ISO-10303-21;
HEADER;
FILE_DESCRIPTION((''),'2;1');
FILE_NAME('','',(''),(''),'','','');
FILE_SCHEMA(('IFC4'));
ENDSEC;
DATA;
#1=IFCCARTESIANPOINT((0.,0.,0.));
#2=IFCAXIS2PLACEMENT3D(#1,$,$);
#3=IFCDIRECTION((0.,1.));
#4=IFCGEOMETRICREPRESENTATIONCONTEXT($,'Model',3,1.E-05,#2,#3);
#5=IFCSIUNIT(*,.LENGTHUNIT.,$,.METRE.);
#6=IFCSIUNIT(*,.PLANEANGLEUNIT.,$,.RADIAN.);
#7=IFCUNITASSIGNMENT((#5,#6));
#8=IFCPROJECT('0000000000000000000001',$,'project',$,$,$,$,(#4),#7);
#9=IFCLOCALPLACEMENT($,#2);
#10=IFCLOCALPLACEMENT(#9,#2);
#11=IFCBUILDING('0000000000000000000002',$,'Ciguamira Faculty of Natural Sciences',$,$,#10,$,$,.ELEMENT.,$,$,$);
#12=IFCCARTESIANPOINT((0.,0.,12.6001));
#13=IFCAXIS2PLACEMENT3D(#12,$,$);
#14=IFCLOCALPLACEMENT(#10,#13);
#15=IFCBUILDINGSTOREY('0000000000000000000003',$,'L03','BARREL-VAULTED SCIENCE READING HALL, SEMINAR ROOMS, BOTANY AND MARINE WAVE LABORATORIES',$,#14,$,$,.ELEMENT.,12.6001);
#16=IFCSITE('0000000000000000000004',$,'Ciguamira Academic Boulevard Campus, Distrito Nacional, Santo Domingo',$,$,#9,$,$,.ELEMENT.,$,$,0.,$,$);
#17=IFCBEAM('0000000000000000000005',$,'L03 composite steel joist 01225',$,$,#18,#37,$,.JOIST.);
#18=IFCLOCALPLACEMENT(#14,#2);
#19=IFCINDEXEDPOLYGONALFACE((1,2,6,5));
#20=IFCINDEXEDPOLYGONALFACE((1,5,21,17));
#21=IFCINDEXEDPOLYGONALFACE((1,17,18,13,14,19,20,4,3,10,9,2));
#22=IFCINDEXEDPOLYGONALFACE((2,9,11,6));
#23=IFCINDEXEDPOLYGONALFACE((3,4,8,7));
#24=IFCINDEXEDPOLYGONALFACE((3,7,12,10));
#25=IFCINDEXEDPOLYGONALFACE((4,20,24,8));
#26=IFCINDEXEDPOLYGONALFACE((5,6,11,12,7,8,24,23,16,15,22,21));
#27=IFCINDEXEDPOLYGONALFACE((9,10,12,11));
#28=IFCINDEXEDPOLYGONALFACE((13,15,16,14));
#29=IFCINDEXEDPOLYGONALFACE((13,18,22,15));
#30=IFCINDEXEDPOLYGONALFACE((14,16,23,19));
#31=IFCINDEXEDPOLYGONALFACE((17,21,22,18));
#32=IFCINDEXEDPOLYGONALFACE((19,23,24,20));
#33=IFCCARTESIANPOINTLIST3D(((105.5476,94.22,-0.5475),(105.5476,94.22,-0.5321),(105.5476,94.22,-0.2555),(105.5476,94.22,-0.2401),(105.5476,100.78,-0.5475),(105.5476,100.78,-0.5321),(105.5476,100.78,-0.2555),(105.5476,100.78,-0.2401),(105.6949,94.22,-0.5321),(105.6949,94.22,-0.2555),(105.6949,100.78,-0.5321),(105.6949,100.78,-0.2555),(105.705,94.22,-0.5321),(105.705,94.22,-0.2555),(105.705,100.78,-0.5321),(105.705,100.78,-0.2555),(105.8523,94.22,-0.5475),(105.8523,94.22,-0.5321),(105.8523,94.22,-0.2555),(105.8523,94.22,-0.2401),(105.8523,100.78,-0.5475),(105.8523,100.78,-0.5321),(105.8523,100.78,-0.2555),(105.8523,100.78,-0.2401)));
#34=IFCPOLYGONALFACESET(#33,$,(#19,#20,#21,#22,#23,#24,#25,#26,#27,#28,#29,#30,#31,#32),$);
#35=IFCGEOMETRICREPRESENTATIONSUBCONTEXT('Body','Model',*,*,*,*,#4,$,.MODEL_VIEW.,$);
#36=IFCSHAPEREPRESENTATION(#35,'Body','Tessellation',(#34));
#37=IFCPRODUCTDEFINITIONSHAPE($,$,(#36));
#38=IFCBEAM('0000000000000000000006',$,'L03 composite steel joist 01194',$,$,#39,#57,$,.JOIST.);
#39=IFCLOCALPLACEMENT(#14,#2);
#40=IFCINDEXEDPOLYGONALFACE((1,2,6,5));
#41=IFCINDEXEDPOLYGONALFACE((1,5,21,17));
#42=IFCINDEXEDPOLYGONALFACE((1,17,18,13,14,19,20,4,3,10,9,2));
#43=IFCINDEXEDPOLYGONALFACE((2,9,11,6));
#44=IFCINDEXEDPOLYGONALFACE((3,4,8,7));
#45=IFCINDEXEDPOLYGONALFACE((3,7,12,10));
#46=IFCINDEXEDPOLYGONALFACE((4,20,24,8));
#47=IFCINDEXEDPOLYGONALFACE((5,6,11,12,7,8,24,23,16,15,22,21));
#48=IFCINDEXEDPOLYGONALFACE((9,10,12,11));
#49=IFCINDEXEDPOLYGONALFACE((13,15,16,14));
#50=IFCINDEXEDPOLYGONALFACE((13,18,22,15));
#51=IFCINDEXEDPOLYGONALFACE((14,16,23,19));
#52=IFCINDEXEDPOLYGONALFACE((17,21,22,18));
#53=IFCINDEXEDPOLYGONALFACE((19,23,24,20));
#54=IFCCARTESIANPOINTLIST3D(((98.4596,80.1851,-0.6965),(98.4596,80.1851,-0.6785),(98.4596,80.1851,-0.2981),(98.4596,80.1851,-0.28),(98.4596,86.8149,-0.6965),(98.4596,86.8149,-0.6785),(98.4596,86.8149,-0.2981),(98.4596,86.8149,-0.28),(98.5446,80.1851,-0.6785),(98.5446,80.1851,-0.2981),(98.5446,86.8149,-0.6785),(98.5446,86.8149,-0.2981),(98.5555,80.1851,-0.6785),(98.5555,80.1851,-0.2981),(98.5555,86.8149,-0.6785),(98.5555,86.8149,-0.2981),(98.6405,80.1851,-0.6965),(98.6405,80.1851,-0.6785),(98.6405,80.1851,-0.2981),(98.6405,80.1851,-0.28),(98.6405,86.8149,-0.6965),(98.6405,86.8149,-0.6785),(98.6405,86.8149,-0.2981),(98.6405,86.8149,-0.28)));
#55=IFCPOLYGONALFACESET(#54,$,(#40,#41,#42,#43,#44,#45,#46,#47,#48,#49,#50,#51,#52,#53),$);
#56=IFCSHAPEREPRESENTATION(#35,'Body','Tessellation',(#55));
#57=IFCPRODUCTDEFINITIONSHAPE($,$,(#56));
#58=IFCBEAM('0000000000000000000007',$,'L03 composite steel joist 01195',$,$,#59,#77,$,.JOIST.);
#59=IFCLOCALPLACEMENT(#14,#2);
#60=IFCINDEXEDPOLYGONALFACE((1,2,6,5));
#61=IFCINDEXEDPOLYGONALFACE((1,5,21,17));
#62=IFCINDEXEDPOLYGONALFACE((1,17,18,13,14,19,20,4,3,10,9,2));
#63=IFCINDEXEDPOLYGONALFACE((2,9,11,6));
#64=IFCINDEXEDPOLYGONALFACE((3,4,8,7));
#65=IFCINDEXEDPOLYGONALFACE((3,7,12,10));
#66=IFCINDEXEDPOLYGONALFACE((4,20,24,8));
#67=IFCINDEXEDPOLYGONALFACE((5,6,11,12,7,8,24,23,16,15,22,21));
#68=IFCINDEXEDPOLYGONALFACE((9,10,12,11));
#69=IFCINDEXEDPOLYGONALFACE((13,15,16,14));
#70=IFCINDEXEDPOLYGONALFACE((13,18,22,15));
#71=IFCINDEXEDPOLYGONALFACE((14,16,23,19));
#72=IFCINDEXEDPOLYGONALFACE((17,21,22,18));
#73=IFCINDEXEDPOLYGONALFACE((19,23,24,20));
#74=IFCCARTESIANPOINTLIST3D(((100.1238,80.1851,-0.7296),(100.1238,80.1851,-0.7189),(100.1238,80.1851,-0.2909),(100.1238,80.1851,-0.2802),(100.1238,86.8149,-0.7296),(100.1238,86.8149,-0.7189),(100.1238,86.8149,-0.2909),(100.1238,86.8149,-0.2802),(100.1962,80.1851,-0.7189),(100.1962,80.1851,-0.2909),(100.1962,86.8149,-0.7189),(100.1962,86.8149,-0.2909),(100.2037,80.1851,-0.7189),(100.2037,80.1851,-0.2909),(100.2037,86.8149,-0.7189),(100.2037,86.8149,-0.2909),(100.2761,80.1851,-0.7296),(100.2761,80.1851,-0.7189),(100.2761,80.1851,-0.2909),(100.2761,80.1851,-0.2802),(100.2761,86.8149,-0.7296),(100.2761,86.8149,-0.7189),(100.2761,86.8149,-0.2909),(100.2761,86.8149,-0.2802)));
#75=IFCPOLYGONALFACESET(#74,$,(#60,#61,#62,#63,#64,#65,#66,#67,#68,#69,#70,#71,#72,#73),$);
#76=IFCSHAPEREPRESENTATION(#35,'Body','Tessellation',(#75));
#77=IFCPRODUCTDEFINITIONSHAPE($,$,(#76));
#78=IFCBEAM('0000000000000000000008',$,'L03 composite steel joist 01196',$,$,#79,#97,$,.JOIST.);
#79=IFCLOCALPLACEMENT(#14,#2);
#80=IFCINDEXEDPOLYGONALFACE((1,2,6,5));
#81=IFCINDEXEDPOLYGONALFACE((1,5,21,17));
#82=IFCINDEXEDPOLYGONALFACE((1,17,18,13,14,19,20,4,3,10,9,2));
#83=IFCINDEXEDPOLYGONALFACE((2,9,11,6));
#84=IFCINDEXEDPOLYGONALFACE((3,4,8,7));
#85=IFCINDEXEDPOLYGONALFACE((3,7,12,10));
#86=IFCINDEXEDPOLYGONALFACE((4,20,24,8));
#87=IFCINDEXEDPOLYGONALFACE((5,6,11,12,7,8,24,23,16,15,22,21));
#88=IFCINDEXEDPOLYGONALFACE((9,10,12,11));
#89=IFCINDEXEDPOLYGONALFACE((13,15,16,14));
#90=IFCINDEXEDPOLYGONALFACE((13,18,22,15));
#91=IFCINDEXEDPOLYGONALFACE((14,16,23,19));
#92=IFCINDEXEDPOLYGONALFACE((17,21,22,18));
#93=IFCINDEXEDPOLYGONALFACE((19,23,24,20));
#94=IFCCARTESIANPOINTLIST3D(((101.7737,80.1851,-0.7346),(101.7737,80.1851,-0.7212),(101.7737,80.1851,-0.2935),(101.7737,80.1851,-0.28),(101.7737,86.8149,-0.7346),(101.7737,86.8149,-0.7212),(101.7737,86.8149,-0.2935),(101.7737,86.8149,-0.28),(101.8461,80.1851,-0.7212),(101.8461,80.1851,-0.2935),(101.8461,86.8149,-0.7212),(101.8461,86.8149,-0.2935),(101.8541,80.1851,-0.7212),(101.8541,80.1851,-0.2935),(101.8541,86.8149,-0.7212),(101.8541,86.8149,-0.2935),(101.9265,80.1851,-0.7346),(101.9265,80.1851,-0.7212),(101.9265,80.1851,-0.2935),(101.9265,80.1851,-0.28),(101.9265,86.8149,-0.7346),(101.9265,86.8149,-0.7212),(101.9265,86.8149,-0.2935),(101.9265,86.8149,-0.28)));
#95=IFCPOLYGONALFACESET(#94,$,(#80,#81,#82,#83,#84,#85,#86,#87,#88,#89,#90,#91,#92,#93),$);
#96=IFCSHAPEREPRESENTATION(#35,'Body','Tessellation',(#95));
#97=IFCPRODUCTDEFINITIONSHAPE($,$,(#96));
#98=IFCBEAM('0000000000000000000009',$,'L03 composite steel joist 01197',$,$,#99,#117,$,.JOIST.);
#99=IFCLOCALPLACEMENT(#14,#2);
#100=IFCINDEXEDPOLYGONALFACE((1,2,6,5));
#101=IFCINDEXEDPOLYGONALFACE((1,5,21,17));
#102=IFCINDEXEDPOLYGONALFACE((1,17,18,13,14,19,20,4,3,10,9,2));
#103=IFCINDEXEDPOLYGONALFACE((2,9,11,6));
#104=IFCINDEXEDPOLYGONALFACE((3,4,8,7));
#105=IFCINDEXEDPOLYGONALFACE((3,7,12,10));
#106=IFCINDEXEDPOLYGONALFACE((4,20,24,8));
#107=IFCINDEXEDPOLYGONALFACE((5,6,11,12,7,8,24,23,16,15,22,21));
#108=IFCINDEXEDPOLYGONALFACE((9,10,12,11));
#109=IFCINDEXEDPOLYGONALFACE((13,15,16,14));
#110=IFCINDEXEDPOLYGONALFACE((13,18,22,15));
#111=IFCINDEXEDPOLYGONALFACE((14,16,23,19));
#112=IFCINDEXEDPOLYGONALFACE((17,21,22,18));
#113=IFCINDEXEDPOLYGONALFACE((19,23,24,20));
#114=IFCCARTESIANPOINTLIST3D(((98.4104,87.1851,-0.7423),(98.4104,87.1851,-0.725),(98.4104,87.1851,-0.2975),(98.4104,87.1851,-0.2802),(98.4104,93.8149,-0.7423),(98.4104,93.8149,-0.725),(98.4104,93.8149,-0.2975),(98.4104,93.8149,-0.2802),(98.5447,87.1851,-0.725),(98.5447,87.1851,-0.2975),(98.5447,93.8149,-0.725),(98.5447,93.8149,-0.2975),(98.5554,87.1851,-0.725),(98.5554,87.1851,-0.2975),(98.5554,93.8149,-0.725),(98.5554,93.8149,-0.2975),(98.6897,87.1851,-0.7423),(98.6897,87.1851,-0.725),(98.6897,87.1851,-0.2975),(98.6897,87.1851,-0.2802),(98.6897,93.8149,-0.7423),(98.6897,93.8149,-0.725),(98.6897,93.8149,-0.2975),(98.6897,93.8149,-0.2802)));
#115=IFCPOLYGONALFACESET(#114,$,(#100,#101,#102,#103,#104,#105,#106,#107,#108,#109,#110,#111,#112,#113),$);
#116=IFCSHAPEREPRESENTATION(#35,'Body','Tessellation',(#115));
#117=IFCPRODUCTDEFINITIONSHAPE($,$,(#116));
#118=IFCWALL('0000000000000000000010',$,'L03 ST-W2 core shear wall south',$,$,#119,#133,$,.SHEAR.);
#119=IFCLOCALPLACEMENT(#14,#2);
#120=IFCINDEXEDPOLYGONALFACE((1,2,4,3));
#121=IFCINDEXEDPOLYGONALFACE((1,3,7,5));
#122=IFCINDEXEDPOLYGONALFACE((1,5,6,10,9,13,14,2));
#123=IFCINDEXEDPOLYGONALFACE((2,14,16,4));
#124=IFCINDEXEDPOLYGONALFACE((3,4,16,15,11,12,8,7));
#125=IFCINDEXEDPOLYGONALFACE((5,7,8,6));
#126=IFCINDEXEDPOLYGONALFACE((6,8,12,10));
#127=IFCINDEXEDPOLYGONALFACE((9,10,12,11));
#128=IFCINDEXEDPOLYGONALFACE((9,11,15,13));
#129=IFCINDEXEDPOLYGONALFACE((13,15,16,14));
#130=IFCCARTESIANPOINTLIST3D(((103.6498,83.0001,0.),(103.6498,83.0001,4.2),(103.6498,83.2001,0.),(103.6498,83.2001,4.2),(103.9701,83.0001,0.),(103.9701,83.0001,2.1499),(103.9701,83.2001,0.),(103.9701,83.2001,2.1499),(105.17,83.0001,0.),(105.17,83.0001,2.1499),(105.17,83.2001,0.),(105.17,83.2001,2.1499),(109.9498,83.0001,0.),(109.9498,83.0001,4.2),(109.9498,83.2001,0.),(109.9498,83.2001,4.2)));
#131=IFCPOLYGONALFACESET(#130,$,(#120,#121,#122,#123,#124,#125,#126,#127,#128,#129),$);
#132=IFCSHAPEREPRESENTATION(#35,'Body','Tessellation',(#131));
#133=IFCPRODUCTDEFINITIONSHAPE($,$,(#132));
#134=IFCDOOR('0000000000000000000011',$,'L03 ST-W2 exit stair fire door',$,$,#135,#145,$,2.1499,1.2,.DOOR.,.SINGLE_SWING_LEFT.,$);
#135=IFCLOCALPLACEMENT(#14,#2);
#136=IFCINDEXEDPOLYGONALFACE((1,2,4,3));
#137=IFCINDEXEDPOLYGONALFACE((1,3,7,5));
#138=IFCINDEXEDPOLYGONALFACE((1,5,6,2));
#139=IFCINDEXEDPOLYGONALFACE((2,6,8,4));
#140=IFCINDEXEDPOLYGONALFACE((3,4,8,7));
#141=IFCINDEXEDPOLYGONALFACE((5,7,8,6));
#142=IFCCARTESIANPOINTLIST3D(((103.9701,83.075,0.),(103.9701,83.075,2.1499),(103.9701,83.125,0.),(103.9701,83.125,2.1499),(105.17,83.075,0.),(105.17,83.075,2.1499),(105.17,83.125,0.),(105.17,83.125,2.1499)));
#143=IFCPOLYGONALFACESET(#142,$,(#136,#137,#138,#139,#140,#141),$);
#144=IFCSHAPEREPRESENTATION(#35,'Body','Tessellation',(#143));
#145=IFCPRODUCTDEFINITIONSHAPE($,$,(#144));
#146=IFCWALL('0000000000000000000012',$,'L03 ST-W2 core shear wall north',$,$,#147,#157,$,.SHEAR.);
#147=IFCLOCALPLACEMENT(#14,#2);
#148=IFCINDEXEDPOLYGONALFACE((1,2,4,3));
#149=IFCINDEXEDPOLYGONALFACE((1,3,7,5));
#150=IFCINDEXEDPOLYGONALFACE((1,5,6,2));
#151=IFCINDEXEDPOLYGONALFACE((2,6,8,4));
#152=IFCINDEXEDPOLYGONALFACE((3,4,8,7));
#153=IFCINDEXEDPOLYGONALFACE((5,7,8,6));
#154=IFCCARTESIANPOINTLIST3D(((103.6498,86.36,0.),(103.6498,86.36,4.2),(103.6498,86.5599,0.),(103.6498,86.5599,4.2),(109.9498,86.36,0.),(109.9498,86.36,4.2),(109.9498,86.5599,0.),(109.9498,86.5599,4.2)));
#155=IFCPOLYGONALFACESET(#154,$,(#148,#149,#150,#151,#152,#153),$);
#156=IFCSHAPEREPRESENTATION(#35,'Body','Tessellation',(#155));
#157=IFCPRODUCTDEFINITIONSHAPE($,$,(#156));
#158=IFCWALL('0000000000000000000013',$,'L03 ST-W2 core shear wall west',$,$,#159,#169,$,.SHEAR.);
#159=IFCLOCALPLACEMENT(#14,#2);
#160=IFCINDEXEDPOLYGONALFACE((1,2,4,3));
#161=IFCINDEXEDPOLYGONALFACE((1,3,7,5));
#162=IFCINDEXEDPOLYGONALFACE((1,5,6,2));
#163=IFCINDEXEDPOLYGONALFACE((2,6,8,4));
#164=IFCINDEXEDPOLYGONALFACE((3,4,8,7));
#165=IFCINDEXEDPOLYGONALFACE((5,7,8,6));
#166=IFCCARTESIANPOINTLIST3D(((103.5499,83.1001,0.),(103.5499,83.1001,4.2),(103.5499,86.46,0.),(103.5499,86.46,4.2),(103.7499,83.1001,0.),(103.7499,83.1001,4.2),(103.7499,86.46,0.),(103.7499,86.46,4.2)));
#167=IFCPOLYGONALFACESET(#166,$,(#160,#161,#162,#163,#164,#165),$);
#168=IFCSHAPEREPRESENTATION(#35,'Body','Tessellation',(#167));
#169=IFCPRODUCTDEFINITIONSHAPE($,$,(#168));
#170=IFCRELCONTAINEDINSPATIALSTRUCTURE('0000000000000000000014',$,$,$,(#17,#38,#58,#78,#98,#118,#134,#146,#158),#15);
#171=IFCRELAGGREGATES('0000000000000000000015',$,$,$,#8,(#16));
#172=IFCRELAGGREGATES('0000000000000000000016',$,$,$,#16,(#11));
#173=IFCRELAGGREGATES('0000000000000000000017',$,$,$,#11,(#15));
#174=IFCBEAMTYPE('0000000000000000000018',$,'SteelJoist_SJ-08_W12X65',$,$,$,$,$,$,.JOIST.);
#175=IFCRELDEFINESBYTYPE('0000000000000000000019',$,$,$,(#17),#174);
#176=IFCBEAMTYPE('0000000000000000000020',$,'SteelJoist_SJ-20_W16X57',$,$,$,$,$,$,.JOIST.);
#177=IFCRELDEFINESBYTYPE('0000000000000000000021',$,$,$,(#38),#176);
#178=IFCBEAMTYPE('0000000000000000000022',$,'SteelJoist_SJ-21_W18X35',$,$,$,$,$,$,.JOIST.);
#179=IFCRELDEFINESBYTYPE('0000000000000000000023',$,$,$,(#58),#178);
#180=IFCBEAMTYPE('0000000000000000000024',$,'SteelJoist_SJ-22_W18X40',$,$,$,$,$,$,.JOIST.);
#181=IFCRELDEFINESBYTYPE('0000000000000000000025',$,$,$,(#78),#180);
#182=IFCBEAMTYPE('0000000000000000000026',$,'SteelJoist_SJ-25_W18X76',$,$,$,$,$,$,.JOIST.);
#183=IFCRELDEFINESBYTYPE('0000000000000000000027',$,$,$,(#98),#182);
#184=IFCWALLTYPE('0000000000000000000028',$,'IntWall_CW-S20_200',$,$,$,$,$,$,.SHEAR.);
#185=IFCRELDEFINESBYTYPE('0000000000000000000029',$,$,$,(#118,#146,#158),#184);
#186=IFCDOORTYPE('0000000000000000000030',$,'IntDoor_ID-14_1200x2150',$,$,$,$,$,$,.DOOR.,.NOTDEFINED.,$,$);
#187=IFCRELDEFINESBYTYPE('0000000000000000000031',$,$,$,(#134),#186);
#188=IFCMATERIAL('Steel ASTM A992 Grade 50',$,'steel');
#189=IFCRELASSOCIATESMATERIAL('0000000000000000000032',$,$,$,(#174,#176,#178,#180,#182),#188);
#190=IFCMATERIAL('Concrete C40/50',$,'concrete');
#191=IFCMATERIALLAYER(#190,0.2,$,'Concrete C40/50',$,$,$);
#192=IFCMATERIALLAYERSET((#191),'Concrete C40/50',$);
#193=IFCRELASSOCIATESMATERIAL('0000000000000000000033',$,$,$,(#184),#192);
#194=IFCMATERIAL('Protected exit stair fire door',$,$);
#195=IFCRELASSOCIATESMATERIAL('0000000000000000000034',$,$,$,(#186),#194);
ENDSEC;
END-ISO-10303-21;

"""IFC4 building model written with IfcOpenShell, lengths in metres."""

from ifc_helpers import new_model, si_unit, direction, frame, frame_2d, origin, origin_2d, place, context, subcontext, project, spatial, rectangle, i_section, extrude, material, layer, layer_set, material_profile, profile_set, type_object, element, fill, save


model = new_model("IFC4")

# Units and contexts
model_context = context("Model", 3, precision=1e-05, world=origin(), true_north=direction((0.0, 1.0)))
body_context = subcontext(model_context, "Body", "Model", "MODEL_VIEW")
ifc_project = project(units=[si_unit("LENGTHUNIT", "METRE"), si_unit("PLANEANGLEUNIT", "RADIAN")], contexts=[model_context])

# Site, building, storey
site_placement = place(None, origin())
site = spatial("IfcSite", under=ifc_project, at=site_placement, Name="Ciguamira Academic Boulevard Campus, Distrito Nacional, Santo Domingo", CompositionType="ELEMENT", RefElevation=0.0)
building_placement = place(site_placement, origin())
building = spatial("IfcBuilding", under=site, at=building_placement, Name="Ciguamira Faculty of Natural Sciences", CompositionType="ELEMENT")
storey_placement = place(building_placement, frame((0.0, 0.0, 12.6001)))
storey = spatial("IfcBuildingStorey", under=building, at=storey_placement, Name="L03", Description="BARREL-VAULTED SCIENCE READING HALL, SEMINAR ROOMS, BOTANY AND MARINE WAVE LABORATORIES", CompositionType="ELEMENT", Elevation=12.6001)

# Shared definitions
ifc_material_1 = material(Name="Concrete C40/50", Category="concrete")

# Beams
ifc_material_2 = material(Name="Steel ASTM A992 Grade 50", Category="steel")
ifc_material_profile_1 = material_profile(ifc_material_2, i_section(OverallWidth=0.3047, OverallDepth=0.3074, WebThickness=0.01, FlangeThickness=0.0154, at=origin_2d()), Name="W12X65")
ifc_profile_set_1 = profile_set([ifc_material_profile_1], Name="Steel ASTM A992 Grade 50")
beam_type_1 = type_object("IfcBeamType", Name="SteelJoist_SJ-08_W12X65", PredefinedType="JOIST", material=ifc_profile_set_1)
beam_1_placement = place(storey_placement, frame((105.7, 94.22, -0.3938), z_axis=(0.0, 1.0, 0.0), x_axis=(-1.0, 0.0, 0.0)))
element("IfcBeam", 1, at=beam_1_placement, inside=storey, type_object=beam_type_1, Name="L03 composite steel joist 01225", PredefinedType="JOIST", context=body_context, shape_type="SweptSolid", body=[
    extrude(i_section(OverallWidth=0.3047, OverallDepth=0.3074, WebThickness=0.01, FlangeThickness=0.0154, at=origin_2d()), origin(), (0.0, 0.0, 1.0), 6.5601),
])
ifc_material_profile_2 = material_profile(ifc_material_2, i_section(OverallWidth=0.1809, OverallDepth=0.4165, WebThickness=0.011, FlangeThickness=0.0181, at=origin_2d()), Name="W16X57")
ifc_profile_set_2 = profile_set([ifc_material_profile_2], Name="Steel ASTM A992 Grade 50")
beam_type_2 = type_object("IfcBeamType", Name="SteelJoist_SJ-20_W16X57", PredefinedType="JOIST", material=ifc_profile_set_2)
beam_2_placement = place(storey_placement, frame((98.55, 80.1851, -0.4883), z_axis=(0.0, 1.0, 0.0), x_axis=(-1.0, 0.0, 0.0)))
element("IfcBeam", 2, at=beam_2_placement, inside=storey, type_object=beam_type_2, Name="L03 composite steel joist 01194", PredefinedType="JOIST", context=body_context, shape_type="SweptSolid", body=[
    extrude(i_section(OverallWidth=0.1809, OverallDepth=0.4165, WebThickness=0.011, FlangeThickness=0.0181, at=origin_2d()), origin(), (0.0, 0.0, 1.0), 6.6299),
])
ifc_material_profile_3 = material_profile(ifc_material_2, i_section(OverallWidth=0.1523, OverallDepth=0.4495, WebThickness=0.0076, FlangeThickness=0.0107, at=origin_2d()), Name="W18X35")
ifc_profile_set_3 = profile_set([ifc_material_profile_3], Name="Steel ASTM A992 Grade 50")
beam_type_3 = type_object("IfcBeamType", Name="SteelJoist_SJ-21_W18X35", PredefinedType="JOIST", material=ifc_profile_set_3)
beam_3_placement = place(storey_placement, frame((100.2, 80.1851, -0.5049), z_axis=(0.0, 1.0, 0.0), x_axis=(-1.0, 0.0, 0.0)))
element("IfcBeam", 3, at=beam_3_placement, inside=storey, type_object=beam_type_3, Name="L03 composite steel joist 01195", PredefinedType="JOIST", context=body_context, shape_type="SweptSolid", body=[
    extrude(i_section(OverallWidth=0.1523, OverallDepth=0.4495, WebThickness=0.0076, FlangeThickness=0.0107, at=origin_2d()), origin(), (0.0, 0.0, 1.0), 6.6299),
])
ifc_material_profile_4 = material_profile(ifc_material_2, i_section(OverallWidth=0.1528, OverallDepth=0.4546, WebThickness=0.0081, FlangeThickness=0.0134, at=origin_2d()), Name="W18X40")
ifc_profile_set_4 = profile_set([ifc_material_profile_4], Name="Steel ASTM A992 Grade 50")
beam_type_4 = type_object("IfcBeamType", Name="SteelJoist_SJ-22_W18X40", PredefinedType="JOIST", material=ifc_profile_set_4)
beam_4_placement = place(storey_placement, frame((101.8501, 80.1851, -0.5073), z_axis=(0.0, 1.0, 0.0), x_axis=(-1.0, 0.0, 0.0)))
element("IfcBeam", 4, at=beam_4_placement, inside=storey, type_object=beam_type_4, Name="L03 composite steel joist 01196", PredefinedType="JOIST", context=body_context, shape_type="SweptSolid", body=[
    extrude(i_section(OverallWidth=0.1528, OverallDepth=0.4546, WebThickness=0.0081, FlangeThickness=0.0134, at=origin_2d()), origin(), (0.0, 0.0, 1.0), 6.6299),
])
ifc_material_profile_5 = material_profile(ifc_material_2, i_section(OverallWidth=0.2793, OverallDepth=0.4622, WebThickness=0.0107, FlangeThickness=0.0173, at=origin_2d()), Name="W18X76")
ifc_profile_set_5 = profile_set([ifc_material_profile_5], Name="Steel ASTM A992 Grade 50")
beam_type_5 = type_object("IfcBeamType", Name="SteelJoist_SJ-25_W18X76", PredefinedType="JOIST", material=ifc_profile_set_5)
beam_5_placement = place(storey_placement, frame((98.55, 87.1851, -0.5112), z_axis=(0.0, 1.0, 0.0), x_axis=(-1.0, 0.0, 0.0)))
element("IfcBeam", 5, at=beam_5_placement, inside=storey, type_object=beam_type_5, Name="L03 composite steel joist 01197", PredefinedType="JOIST", context=body_context, shape_type="SweptSolid", body=[
    extrude(i_section(OverallWidth=0.2793, OverallDepth=0.4622, WebThickness=0.0107, FlangeThickness=0.0173, at=origin_2d()), origin(), (0.0, 0.0, 1.0), 6.6299),
])

# Wall, opening, door
ifc_layer_1 = layer(ifc_material_1, 0.2, Name="Concrete C40/50")
ifc_layer_set_1 = layer_set([ifc_layer_1], Name="Concrete C40/50")
wall_type_1 = type_object("IfcWallType", Name="IntWall_CW-S20_200", PredefinedType="SHEAR", material=ifc_layer_set_1)
wall_1_placement = place(storey_placement, frame((103.6499, 83.1001, 0.0), z_axis=(0.0, 0.0, 1.0), x_axis=(1.0, 0.0, 0.0)))
wall_1 = element("IfcWall", 6, at=wall_1_placement, inside=storey, type_object=wall_type_1, Name="L03 ST-W2 core shear wall south", PredefinedType="SHEAR", context=body_context, shape_type="SweptSolid", body=[
    extrude(rectangle(XDim=6.3, YDim=0.2, at=frame_2d((3.1499, 0.0))), origin(), (0.0, 0.0, 1.0), 4.2),
])
opening_placement = place(wall_1_placement, frame((0.3201, 0.0, 0.0)))
opening = element("IfcOpeningElement", 7, at=opening_placement, cuts=wall_1, PredefinedType="OPENING", context=body_context, shape_type="SweptSolid", body=[
    extrude(rectangle(XDim=1.2, YDim=2.1499, at=frame_2d((0.6001, 1.075))), frame((0.0, 0.1099, 0.0), z_axis=(0.0, -1.0, 0.0), x_axis=(1.0, 0.0, 0.0)), (0.0, 0.0, 1.0), 0.22),
])
ifc_material_3 = material(Name="Protected exit stair fire door")
door_type = type_object("IfcDoorType", Name="IntDoor_ID-14_1200x2150", OperationType="NOTDEFINED", PredefinedType="DOOR", material=ifc_material_3)
door_placement = place(opening_placement, origin())
door = element("IfcDoor", 8, at=door_placement, inside=storey, type_object=door_type, Name="L03 ST-W2 exit stair fire door", OperationType="SINGLE_SWING_LEFT", OverallHeight=2.1499, OverallWidth=1.2, PredefinedType="DOOR", context=body_context, shape_type="SweptSolid", body=[
    extrude(rectangle(XDim=1.2, YDim=2.1499, at=frame_2d((0.6001, 1.075))), frame((0.0, 0.0249, 0.0), z_axis=(0.0, -1.0, 0.0), x_axis=(1.0, 0.0, 0.0)), (0.0, 0.0, 1.0), 0.05),
])
fill(opening, door)

# Walls
wall_2_placement = place(storey_placement, frame((103.6499, 86.46, 0.0), z_axis=(0.0, 0.0, 1.0), x_axis=(1.0, 0.0, 0.0)))
element("IfcWall", 9, at=wall_2_placement, inside=storey, type_object=wall_type_1, Name="L03 ST-W2 core shear wall north", PredefinedType="SHEAR", context=body_context, shape_type="SweptSolid", body=[
    extrude(rectangle(XDim=6.3, YDim=0.2, at=frame_2d((3.1499, 0.0))), origin(), (0.0, 0.0, 1.0), 4.2),
])
wall_3_placement = place(storey_placement, frame((103.6499, 83.1001, 0.0), z_axis=(0.0, 0.0, 1.0), x_axis=(0.0, 1.0, 0.0)))
element("IfcWall", 10, at=wall_3_placement, inside=storey, type_object=wall_type_1, Name="L03 ST-W2 core shear wall west", PredefinedType="SHEAR", context=body_context, shape_type="SweptSolid", body=[
    extrude(rectangle(XDim=3.3599, YDim=0.2, at=frame_2d((1.6799, 0.0))), origin(), (0.0, 0.0, 1.0), 4.2),
])

save(model, "model.ifc")
